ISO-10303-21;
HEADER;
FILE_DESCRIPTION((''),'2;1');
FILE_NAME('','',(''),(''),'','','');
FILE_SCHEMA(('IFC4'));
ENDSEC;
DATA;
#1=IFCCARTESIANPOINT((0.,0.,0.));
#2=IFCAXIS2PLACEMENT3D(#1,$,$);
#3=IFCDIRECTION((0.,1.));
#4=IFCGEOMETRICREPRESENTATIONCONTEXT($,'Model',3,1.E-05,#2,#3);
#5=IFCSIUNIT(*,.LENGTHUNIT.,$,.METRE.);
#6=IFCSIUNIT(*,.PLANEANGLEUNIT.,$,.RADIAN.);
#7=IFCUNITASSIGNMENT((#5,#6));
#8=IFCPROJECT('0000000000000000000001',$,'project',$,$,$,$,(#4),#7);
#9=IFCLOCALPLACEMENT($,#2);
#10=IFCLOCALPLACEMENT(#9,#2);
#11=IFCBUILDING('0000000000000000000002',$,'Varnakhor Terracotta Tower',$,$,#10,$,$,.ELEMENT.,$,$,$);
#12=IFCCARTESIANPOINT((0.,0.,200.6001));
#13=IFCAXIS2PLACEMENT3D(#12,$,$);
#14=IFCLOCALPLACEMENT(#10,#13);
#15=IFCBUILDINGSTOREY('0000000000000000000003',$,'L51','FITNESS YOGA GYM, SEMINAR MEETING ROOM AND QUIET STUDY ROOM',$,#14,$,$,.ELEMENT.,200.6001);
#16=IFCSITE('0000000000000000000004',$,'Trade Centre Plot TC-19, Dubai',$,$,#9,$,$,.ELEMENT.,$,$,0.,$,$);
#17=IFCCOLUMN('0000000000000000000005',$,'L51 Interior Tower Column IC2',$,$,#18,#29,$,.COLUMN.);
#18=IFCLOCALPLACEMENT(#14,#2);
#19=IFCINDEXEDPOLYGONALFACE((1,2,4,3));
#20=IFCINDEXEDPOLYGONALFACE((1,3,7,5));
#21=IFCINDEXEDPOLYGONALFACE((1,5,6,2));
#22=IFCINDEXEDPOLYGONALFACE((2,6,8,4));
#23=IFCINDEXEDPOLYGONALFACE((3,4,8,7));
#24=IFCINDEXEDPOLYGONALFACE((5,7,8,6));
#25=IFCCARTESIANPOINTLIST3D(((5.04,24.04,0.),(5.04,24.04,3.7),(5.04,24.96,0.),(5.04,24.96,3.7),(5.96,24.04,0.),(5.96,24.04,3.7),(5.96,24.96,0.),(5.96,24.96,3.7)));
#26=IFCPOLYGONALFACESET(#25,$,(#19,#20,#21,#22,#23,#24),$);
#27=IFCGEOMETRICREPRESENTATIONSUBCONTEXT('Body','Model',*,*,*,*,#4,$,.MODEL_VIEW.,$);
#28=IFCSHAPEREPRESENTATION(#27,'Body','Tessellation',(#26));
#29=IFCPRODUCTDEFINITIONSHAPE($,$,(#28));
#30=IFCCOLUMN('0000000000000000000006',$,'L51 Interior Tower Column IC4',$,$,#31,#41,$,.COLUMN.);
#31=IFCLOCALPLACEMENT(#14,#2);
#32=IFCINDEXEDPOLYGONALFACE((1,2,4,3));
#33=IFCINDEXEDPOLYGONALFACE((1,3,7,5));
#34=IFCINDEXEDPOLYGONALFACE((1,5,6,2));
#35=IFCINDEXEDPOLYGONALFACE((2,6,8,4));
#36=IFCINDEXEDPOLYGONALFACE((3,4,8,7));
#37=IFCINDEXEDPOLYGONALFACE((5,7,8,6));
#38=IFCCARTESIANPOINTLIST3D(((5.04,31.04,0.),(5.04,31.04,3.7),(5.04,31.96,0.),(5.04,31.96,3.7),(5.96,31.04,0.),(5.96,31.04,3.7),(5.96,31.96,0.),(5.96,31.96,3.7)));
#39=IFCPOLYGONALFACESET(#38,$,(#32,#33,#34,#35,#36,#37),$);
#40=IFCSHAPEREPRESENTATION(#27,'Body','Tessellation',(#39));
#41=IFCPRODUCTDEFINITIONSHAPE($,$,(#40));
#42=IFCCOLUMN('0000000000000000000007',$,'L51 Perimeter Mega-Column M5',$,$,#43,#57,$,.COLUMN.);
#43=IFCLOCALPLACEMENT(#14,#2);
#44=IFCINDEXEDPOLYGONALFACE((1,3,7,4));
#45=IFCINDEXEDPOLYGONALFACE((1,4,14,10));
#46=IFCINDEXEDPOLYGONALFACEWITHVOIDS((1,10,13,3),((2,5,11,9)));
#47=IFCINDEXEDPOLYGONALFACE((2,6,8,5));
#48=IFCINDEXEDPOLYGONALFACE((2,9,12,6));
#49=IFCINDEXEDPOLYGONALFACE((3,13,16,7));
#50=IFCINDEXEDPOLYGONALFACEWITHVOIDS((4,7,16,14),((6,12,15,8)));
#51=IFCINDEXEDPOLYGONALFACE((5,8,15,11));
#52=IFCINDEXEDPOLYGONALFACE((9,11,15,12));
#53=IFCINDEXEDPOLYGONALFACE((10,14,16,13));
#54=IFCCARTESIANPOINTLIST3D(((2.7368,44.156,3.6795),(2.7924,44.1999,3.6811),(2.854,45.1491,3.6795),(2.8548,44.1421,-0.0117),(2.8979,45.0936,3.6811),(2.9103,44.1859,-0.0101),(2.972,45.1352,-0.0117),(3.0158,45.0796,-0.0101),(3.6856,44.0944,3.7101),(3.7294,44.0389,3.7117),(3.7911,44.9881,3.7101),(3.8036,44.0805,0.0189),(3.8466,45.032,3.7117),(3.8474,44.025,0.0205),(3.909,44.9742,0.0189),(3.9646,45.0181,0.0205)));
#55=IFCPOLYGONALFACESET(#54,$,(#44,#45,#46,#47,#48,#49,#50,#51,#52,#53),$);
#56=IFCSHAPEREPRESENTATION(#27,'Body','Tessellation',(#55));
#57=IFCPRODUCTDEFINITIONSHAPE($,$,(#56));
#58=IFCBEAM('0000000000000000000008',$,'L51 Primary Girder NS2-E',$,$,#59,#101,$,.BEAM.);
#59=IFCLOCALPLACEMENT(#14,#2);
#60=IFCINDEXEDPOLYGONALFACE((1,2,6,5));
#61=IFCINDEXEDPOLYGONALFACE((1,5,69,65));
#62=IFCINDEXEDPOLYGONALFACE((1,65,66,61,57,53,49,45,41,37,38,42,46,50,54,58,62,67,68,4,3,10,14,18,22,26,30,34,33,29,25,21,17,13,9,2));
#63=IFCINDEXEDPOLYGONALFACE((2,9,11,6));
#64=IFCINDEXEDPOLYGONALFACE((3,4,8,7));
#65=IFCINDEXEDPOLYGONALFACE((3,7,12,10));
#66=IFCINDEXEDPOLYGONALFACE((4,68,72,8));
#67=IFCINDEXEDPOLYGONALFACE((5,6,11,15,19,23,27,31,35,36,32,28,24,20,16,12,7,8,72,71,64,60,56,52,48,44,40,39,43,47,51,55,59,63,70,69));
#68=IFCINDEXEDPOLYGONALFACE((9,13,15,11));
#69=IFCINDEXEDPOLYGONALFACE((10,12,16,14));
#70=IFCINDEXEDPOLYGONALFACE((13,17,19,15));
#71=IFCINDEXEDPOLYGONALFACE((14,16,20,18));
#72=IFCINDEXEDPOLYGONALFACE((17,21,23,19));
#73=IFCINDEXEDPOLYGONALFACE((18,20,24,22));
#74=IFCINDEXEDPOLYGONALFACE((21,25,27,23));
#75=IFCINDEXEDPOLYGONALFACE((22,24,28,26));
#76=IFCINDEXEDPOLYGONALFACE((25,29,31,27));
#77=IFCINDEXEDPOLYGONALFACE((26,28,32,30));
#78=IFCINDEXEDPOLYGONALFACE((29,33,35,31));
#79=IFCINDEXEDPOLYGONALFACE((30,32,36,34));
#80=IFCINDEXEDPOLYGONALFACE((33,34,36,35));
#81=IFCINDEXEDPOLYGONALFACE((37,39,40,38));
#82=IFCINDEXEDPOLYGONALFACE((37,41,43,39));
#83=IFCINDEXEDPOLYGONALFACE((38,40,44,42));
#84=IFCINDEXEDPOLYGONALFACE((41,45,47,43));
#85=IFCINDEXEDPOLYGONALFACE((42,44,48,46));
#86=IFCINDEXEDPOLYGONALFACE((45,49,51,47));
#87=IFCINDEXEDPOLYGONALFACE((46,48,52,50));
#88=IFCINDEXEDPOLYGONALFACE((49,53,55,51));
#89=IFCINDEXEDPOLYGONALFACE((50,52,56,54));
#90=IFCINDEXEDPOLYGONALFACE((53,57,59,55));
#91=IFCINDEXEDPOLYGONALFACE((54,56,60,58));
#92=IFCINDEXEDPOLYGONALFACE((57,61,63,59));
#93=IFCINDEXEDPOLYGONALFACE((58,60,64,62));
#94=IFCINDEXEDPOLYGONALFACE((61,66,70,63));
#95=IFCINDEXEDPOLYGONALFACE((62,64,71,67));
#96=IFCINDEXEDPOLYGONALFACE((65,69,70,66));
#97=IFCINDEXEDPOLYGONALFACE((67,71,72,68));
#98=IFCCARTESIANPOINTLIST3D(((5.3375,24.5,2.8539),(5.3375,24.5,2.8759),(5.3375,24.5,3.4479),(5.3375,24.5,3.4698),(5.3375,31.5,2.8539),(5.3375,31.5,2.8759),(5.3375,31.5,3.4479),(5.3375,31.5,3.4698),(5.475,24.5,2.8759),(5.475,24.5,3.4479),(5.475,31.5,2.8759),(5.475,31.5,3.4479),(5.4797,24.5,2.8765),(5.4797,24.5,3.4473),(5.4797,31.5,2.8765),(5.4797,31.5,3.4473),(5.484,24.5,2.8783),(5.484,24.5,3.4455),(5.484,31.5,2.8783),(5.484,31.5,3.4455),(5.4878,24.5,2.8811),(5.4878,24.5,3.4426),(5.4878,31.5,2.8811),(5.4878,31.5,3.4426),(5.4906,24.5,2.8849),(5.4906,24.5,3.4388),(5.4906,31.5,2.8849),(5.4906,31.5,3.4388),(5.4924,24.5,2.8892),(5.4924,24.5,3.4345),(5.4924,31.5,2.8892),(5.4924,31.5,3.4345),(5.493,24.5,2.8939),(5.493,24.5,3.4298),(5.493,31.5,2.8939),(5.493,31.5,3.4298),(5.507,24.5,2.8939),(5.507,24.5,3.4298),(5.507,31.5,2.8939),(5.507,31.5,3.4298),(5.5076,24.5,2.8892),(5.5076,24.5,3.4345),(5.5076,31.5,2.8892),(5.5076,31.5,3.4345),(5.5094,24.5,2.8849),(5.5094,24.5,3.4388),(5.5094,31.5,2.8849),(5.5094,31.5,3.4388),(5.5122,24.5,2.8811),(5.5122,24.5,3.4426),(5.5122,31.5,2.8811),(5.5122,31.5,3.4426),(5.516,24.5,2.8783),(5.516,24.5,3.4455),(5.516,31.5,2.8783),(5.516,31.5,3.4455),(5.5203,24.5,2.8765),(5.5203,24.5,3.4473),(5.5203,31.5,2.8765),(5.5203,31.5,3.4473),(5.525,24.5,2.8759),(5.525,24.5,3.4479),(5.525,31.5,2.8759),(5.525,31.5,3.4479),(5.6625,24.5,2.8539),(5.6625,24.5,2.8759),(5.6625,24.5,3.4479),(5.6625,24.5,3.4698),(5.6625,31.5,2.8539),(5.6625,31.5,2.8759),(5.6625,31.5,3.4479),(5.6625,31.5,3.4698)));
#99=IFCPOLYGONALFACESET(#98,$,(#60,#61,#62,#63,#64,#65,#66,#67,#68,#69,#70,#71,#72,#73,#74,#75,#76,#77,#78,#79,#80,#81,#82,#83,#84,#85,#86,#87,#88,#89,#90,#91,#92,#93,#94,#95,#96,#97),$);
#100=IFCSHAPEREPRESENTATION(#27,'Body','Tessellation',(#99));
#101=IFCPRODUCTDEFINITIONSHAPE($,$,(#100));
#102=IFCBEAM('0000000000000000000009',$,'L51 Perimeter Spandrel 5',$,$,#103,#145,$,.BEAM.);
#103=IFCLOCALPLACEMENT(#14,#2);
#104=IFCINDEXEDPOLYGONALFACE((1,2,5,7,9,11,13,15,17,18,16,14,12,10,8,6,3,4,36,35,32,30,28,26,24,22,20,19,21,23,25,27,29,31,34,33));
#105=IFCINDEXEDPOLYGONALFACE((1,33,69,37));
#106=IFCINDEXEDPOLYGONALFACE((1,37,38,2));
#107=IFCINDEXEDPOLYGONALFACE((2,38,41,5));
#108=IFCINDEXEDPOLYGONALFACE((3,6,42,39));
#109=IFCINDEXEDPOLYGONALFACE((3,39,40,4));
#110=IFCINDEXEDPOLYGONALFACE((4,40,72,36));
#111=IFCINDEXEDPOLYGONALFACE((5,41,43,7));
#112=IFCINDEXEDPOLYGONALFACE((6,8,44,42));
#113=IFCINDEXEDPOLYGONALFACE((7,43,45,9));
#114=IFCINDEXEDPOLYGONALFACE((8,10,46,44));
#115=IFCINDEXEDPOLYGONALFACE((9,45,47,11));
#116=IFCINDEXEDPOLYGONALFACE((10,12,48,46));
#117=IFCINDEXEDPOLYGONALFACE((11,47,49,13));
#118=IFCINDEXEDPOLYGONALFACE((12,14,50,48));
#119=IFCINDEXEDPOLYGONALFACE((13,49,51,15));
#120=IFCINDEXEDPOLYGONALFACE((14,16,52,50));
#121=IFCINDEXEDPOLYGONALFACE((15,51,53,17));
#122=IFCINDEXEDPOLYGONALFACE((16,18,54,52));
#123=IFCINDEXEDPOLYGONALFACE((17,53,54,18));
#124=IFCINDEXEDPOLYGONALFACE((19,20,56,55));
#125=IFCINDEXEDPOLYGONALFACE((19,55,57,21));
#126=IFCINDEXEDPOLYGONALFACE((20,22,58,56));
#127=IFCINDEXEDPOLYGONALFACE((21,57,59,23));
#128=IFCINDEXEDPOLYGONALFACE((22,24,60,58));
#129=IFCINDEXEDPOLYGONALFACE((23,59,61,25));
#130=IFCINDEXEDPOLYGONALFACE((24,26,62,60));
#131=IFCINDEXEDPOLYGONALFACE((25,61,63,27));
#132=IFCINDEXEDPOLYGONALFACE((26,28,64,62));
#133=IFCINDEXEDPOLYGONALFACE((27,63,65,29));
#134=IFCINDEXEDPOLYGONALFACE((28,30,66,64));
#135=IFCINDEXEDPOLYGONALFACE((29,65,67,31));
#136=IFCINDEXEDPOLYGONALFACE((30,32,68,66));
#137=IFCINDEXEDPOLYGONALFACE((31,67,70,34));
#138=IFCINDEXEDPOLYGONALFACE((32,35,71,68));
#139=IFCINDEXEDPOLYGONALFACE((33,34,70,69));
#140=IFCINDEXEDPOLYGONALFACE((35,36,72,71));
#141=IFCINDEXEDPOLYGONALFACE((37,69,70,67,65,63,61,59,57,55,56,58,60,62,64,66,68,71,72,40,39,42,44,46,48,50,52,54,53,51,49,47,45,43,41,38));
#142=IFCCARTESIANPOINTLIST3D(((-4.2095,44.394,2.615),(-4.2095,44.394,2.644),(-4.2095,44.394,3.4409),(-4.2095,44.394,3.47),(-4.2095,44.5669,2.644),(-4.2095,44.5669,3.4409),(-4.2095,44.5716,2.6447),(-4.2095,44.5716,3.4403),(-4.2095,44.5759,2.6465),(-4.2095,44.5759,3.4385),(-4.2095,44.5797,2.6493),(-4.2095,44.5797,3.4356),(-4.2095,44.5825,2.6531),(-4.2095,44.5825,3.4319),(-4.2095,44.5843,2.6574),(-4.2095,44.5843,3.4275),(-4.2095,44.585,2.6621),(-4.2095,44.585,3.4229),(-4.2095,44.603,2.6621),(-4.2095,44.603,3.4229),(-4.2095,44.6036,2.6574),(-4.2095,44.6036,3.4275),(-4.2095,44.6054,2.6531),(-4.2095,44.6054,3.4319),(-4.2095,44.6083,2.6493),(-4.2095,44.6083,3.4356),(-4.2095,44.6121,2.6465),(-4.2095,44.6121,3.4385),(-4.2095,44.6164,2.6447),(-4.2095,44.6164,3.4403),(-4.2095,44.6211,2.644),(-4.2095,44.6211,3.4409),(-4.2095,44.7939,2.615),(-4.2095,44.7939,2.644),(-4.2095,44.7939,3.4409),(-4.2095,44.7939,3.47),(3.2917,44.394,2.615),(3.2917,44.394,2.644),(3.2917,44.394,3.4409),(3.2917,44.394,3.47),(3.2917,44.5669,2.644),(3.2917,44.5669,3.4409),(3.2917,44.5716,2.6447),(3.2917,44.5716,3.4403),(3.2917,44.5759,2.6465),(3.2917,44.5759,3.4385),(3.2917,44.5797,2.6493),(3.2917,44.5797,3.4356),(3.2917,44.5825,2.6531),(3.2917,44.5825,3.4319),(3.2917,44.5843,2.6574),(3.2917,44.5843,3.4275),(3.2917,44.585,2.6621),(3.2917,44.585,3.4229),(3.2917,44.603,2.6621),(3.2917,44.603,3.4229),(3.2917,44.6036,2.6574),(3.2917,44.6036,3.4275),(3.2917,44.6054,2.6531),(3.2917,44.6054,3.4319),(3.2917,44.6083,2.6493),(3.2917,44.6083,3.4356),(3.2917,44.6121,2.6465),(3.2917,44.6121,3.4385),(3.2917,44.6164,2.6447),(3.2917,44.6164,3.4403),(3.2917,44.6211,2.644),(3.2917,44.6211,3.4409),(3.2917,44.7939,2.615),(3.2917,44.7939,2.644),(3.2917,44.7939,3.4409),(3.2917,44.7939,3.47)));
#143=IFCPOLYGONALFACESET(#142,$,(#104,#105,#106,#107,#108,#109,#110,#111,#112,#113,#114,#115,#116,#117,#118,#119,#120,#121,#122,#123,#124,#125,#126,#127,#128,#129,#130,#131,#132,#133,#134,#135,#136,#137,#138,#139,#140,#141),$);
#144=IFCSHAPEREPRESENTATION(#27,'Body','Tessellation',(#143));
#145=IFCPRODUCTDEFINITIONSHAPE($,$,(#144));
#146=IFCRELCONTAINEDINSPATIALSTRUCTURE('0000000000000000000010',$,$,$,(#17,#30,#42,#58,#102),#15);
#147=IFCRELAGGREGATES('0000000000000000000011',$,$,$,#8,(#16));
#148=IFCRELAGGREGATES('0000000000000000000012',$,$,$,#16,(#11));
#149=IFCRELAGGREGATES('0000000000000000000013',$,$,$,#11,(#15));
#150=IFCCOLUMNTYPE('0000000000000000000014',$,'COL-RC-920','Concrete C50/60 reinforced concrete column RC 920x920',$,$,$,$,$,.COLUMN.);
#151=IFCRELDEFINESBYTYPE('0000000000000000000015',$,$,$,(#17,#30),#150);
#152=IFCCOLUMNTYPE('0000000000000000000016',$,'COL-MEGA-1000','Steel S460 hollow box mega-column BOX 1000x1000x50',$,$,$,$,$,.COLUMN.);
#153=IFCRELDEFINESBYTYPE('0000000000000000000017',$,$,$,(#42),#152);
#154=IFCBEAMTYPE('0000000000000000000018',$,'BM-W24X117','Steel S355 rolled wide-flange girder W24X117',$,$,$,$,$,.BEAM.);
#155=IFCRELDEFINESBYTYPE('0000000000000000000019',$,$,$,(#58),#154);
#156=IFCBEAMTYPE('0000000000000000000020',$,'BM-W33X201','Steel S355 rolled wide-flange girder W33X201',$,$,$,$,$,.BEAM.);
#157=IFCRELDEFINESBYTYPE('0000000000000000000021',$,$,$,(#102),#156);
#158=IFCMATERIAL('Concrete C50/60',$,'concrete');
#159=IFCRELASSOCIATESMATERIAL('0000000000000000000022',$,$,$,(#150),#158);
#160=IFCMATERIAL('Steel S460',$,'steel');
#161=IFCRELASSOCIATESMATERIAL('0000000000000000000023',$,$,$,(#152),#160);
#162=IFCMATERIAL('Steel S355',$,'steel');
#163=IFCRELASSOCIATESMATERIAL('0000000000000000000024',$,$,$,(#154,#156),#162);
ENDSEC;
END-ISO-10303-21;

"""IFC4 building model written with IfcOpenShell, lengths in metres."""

from ifc_helpers import new_model, si_unit, direction, frame, origin, origin_2d, place, context, subcontext, project, spatial, rectangle, hollow_rectangle, i_section, extrude, source, transform, mapped, material, material_profile, profile_set, type_object, element, save


model = new_model("IFC4")

# Units and contexts
model_context = context("Model", 3, precision=1e-05, world=origin(), true_north=direction((0.0, 1.0)))
body_context = subcontext(model_context, "Body", "Model", "MODEL_VIEW")
ifc_project = project(units=[si_unit("LENGTHUNIT", "METRE"), si_unit("PLANEANGLEUNIT", "RADIAN")], contexts=[model_context])

# Site, building, storey
site_placement = place(None, origin())
site = spatial("IfcSite", under=ifc_project, at=site_placement, Name="Trade Centre Plot TC-19, Dubai", CompositionType="ELEMENT", RefElevation=0.0)
building_placement = place(site_placement, origin())
building = spatial("IfcBuilding", under=site, at=building_placement, Name="Varnakhor Terracotta Tower", CompositionType="ELEMENT")
storey_placement = place(building_placement, frame((0.0, 0.0, 200.6001)))
storey = spatial("IfcBuildingStorey", under=building, at=storey_placement, Name="L51", Description="FITNESS YOGA GYM, SEMINAR MEETING ROOM AND QUIET STUDY ROOM", CompositionType="ELEMENT", Elevation=200.6001)

# Columns
ifc_material_1 = material(Name="Concrete C50/60", Category="concrete")
ifc_material_profile_1 = material_profile(ifc_material_1, rectangle(XDim=0.9199, YDim=0.9199, at=origin_2d()), Name="RC 920x920")
ifc_profile_set_1 = profile_set([ifc_material_profile_1], Name="Concrete C50/60")
column_type_1 = type_object("IfcColumnType", Name="COL-RC-920", Description="Concrete C50/60 reinforced concrete column RC 920x920", PredefinedType="COLUMN", material=ifc_profile_set_1)
shared_shape_1 = source(origin(), body_context, "Body", "SweptSolid", [
    extrude(rectangle(XDim=0.9199, YDim=0.9199, at=origin_2d()), origin(), (0.0, 0.0, 1.0), 3.7),
])
for number, where, z_axis, x_axis, name in (
    (1, (5.5, 24.5, 0.0), (0.0, 0.0, 1.0), (1.0, 0.0, 0.0), "L51 Interior Tower Column IC2"),
    (2, (5.5, 31.5, 0.0), (0.0, 0.0, 1.0), (1.0, 0.0, 0.0), "L51 Interior Tower Column IC4"),
):
    element("IfcColumn", number, at=place(storey_placement, frame(where, z_axis=z_axis, x_axis=x_axis)), inside=storey, type_object=column_type_1, Name=name, PredefinedType="COLUMN", context=body_context, shape_type="MappedRepresentation", body=[
        mapped(shared_shape_1, transform((0.0, 0.0, 0.0), scale=1.0)),
    ])
ifc_material_2 = material(Name="Steel S460", Category="steel")
ifc_material_profile_2 = material_profile(ifc_material_2, hollow_rectangle(XDim=1.0, YDim=1.0, WallThickness=0.05, at=origin_2d()), Name="BOX 1000x1000x50")
ifc_profile_set_2 = profile_set([ifc_material_profile_2], Name="Steel S460")
column_type_2 = type_object("IfcColumnType", Name="COL-MEGA-1000", Description="Steel S460 hollow box mega-column BOX 1000x1000x50", PredefinedType="COLUMN", material=ifc_profile_set_2)
shared_shape_2 = source(origin(), body_context, "Body", "SweptSolid", [
    extrude(hollow_rectangle(XDim=1.0, YDim=1.0, WallThickness=0.05, at=origin_2d()), origin(), (0.0, 0.0, 1.0), 3.6931),
])
column_placement = place(storey_placement, frame((3.4097, 44.5801, 0.0044), z_axis=(-0.03193, 0.003768, 0.999483), x_axis=(-0.117199, -0.993108, 0.0)))
element("IfcColumn", 3, at=column_placement, inside=storey, type_object=column_type_2, Name="L51 Perimeter Mega-Column M5", PredefinedType="COLUMN", context=body_context, shape_type="MappedRepresentation", body=[
    mapped(shared_shape_2, transform((0.0, 0.0, 0.0), scale=1.0)),
])

# Beams
ifc_material_3 = material(Name="Steel S355", Category="steel")
ifc_material_profile_3 = material_profile(ifc_material_3, i_section(OverallWidth=0.325, OverallDepth=0.616, WebThickness=0.0139, FlangeThickness=0.022, FilletRadius=0.0181, at=origin_2d()), Name="W24X117")
ifc_profile_set_3 = profile_set([ifc_material_profile_3], Name="Steel S355")
beam_type_1 = type_object("IfcBeamType", Name="BM-W24X117", Description="Steel S355 rolled wide-flange girder W24X117", PredefinedType="BEAM", material=ifc_profile_set_3)
shared_shape_3 = source(origin(), body_context, "Body", "SweptSolid", [
    extrude(i_section(OverallWidth=0.325, OverallDepth=0.616, WebThickness=0.0139, FlangeThickness=0.022, FilletRadius=0.0181, at=origin_2d()), origin(), (0.0, 0.0, 1.0), 7.0),
])
beam_1_placement = place(storey_placement, frame((5.5, 24.5, 3.1619), z_axis=(0.0, 1.0, 0.0), x_axis=(-1.0, 0.0, 0.0)))
element("IfcBeam", 4, at=beam_1_placement, inside=storey, type_object=beam_type_1, Name="L51 Primary Girder NS2-E", PredefinedType="BEAM", context=body_context, shape_type="MappedRepresentation", body=[
    mapped(shared_shape_3, transform((0.0, 0.0, 0.0), scale=1.0)),
])
ifc_material_profile_4 = material_profile(ifc_material_3, i_section(OverallWidth=0.3999, OverallDepth=0.855, WebThickness=0.0181, FlangeThickness=0.0291, FilletRadius=0.0181, at=origin_2d()), Name="W33X201")
ifc_profile_set_4 = profile_set([ifc_material_profile_4], Name="Steel S355")
beam_type_2 = type_object("IfcBeamType", Name="BM-W33X201", Description="Steel S355 rolled wide-flange girder W33X201", PredefinedType="BEAM", material=ifc_profile_set_4)
shared_shape_4 = source(origin(), body_context, "Body", "SweptSolid", [
    extrude(i_section(OverallWidth=0.3999, OverallDepth=0.855, WebThickness=0.0181, FlangeThickness=0.0291, FilletRadius=0.0181, at=origin_2d()), origin(), (0.0, 0.0, 1.0), 7.5012),
])
beam_2_placement = place(storey_placement, frame((3.2917, 44.594, 3.0425), z_axis=(-1.0, 0.0, 0.0), x_axis=(0.0, -1.0, 0.0)))
element("IfcBeam", 5, at=beam_2_placement, inside=storey, type_object=beam_type_2, Name="L51 Perimeter Spandrel 5", PredefinedType="BEAM", context=body_context, shape_type="MappedRepresentation", body=[
    mapped(shared_shape_4, transform((0.0, 0.0, 0.0), scale=1.0)),
])

save(model, "model.ifc")
